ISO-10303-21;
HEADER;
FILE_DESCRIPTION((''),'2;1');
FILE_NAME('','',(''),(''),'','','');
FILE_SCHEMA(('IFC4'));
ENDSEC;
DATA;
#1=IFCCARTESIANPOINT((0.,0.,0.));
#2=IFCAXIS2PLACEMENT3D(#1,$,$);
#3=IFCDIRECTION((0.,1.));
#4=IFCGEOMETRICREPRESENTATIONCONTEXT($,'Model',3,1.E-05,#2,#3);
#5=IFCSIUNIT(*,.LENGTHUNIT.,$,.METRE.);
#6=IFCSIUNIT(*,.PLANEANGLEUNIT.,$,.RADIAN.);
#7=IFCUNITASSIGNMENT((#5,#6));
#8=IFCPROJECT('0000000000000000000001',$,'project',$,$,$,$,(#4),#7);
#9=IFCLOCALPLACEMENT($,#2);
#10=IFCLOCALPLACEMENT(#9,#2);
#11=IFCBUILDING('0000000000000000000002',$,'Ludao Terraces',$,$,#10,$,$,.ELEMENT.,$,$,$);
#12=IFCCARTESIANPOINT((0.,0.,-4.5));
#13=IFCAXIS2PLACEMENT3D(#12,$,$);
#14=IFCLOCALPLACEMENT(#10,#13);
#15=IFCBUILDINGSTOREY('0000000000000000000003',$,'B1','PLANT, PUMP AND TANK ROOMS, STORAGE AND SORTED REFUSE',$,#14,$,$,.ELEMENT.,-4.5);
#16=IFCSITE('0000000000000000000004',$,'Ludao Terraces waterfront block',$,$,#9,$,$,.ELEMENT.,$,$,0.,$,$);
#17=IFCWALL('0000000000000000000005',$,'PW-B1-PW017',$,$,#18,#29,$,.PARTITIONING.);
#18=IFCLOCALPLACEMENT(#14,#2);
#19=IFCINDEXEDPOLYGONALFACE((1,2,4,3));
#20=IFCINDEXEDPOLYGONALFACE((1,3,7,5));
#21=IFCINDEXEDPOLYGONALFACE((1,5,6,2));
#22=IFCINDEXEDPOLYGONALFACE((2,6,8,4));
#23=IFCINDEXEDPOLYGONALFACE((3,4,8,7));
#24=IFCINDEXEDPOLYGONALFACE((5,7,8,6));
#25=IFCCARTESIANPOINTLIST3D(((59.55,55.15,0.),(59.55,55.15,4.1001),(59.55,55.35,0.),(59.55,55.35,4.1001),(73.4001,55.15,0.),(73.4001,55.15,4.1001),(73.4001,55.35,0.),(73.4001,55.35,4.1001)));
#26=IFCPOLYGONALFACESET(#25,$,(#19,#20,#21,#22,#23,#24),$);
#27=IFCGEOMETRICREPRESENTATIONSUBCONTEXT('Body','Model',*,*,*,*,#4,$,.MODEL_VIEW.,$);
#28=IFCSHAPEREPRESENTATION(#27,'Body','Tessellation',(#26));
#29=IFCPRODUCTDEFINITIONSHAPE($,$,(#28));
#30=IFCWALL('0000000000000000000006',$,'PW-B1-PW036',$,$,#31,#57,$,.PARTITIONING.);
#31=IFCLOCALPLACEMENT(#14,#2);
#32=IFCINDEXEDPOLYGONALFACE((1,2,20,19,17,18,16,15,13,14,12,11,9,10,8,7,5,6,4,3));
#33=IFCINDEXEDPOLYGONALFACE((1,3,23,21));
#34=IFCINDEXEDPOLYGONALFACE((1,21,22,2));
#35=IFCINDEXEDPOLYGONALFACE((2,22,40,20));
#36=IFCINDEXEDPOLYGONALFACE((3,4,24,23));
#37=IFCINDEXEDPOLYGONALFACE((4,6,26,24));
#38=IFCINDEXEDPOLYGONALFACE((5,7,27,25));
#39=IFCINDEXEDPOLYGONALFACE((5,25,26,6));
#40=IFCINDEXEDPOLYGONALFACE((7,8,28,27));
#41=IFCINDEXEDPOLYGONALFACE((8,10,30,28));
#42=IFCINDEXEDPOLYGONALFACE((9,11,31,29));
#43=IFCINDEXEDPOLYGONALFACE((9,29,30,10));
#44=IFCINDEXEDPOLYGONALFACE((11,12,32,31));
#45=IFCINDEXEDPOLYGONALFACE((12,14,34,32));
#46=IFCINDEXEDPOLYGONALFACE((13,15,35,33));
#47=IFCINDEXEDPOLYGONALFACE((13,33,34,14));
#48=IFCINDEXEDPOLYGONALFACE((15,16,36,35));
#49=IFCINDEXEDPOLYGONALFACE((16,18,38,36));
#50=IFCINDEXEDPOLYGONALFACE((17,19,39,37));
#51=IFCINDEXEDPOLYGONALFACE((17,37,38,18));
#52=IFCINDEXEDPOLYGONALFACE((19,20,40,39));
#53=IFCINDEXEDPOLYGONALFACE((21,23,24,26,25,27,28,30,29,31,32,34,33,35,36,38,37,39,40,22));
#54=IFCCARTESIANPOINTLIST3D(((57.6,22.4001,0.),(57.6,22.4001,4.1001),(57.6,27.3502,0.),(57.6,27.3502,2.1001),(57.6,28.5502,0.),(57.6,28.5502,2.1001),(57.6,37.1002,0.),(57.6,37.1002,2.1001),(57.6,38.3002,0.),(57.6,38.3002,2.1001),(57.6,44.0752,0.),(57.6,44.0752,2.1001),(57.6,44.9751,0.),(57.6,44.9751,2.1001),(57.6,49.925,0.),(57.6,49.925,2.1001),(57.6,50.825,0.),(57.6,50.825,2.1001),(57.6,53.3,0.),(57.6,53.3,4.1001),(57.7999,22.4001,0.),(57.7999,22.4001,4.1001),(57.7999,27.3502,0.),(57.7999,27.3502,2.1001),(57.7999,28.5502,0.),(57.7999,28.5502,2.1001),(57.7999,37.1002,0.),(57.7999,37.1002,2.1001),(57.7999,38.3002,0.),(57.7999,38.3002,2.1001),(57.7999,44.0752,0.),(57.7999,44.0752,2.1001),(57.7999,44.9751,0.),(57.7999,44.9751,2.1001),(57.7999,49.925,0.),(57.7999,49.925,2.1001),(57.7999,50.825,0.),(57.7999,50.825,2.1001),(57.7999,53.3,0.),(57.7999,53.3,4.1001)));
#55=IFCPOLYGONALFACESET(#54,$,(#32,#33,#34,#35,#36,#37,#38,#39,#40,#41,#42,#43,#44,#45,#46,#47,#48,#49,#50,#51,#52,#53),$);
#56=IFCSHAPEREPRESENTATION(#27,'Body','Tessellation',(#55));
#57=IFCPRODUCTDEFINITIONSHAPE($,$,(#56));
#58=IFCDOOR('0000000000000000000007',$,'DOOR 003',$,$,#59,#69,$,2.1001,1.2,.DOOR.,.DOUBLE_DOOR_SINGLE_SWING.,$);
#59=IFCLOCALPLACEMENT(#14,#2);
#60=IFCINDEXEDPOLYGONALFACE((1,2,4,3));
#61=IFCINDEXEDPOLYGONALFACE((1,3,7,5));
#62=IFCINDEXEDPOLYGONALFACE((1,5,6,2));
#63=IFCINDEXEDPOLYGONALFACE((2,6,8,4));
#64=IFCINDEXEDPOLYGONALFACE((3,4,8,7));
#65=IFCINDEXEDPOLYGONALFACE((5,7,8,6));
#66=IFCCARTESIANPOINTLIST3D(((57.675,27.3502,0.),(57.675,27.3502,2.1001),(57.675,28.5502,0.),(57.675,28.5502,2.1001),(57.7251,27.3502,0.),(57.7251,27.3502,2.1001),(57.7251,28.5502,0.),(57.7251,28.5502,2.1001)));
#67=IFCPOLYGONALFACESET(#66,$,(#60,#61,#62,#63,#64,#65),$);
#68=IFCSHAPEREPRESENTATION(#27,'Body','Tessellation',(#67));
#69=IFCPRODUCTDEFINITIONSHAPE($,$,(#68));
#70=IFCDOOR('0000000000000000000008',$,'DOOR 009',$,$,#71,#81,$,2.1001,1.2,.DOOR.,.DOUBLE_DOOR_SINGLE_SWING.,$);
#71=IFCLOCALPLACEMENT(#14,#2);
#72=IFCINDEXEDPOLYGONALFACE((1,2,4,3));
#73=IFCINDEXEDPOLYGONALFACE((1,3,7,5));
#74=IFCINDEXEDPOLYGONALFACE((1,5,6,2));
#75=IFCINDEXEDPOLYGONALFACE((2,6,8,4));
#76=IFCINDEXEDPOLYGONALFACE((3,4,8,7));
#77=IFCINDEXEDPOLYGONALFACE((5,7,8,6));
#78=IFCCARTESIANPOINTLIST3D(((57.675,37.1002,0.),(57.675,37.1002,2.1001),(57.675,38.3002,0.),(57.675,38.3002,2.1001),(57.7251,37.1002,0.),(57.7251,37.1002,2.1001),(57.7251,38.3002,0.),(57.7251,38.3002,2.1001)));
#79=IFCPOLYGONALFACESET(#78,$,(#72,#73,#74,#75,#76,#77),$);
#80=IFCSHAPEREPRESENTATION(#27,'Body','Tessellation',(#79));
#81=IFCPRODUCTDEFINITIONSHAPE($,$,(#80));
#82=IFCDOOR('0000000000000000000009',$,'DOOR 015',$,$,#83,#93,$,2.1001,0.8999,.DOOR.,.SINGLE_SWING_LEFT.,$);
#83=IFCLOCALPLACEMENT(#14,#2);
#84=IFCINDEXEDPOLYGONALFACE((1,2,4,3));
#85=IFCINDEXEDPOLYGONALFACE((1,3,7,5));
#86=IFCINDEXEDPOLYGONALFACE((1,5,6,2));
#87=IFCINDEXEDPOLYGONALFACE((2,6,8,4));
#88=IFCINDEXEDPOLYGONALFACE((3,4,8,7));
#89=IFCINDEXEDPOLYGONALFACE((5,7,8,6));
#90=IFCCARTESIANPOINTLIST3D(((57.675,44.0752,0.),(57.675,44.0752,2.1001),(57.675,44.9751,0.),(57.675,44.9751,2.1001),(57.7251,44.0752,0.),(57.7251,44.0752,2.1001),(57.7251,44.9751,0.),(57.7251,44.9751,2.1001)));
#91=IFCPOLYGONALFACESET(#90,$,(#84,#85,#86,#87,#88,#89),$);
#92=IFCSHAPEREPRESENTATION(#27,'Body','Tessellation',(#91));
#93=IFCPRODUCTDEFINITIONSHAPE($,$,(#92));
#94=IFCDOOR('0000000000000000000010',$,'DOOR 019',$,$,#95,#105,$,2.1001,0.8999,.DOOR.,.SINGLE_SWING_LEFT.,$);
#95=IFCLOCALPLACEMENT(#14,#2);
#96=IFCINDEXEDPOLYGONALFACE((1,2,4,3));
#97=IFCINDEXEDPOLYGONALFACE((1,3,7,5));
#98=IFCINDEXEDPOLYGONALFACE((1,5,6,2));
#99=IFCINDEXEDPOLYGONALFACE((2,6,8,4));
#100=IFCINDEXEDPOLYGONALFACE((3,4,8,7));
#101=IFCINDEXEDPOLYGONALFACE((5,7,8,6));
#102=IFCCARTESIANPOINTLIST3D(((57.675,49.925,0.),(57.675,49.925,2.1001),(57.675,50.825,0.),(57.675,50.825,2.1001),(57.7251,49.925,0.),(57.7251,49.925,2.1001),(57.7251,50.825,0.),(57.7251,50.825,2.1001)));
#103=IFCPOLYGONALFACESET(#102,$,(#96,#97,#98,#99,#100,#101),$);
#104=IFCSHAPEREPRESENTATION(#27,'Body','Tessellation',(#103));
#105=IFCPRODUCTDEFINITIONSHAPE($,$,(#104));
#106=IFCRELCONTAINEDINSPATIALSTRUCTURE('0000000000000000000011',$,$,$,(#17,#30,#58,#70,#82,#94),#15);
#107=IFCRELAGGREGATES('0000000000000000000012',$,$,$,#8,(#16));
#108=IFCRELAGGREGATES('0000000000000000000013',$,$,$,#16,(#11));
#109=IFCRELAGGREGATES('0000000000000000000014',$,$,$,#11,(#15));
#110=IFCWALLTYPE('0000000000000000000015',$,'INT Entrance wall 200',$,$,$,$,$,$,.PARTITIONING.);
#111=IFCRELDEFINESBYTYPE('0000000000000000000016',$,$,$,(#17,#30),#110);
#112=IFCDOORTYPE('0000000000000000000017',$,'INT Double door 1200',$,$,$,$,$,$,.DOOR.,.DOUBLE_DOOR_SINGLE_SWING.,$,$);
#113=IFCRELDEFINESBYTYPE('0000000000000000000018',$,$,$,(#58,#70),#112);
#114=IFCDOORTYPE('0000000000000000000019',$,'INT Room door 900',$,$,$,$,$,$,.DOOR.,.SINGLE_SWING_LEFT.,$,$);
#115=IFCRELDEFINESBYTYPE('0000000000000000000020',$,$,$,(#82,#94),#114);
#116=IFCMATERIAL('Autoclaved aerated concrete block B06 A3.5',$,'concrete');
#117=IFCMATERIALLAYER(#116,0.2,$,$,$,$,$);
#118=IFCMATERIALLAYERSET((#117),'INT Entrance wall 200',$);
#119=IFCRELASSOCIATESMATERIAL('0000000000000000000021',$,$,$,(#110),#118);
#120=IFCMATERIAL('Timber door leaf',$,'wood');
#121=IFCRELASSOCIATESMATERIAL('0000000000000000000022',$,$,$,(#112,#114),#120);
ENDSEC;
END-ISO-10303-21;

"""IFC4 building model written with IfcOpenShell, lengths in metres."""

from ifc_helpers import new_model, si_unit, direction, frame, frame_2d, origin, place, context, subcontext, project, spatial, rectangle, extrude, material, layer, layer_set, type_object, element, fill, save


model = new_model("IFC4")

# Units and contexts
model_context = context("Model", 3, precision=1e-05, world=origin(), true_north=direction((0.0, 1.0)))
body_context = subcontext(model_context, "Body", "Model", "MODEL_VIEW")
ifc_project = project(units=[si_unit("LENGTHUNIT", "METRE"), si_unit("PLANEANGLEUNIT", "RADIAN")], contexts=[model_context])

# Site, building, storey
site_placement = place(None, origin())
site = spatial("IfcSite", under=ifc_project, at=site_placement, Name="Ludao Terraces waterfront block", CompositionType="ELEMENT", RefElevation=0.0)
building_placement = place(site_placement, origin())
building = spatial("IfcBuilding", under=site, at=building_placement, Name="Ludao Terraces", CompositionType="ELEMENT")
storey_placement = place(building_placement, frame((0.0, 0.0, -4.5)))
storey = spatial("IfcBuildingStorey", under=building, at=storey_placement, Name="B1", Description="PLANT, PUMP AND TANK ROOMS, STORAGE AND SORTED REFUSE", CompositionType="ELEMENT", Elevation=-4.5)

# Wall
ifc_material_1 = material(Name="Autoclaved aerated concrete block B06 A3.5", Category="concrete")
ifc_layer_1 = layer(ifc_material_1, 0.2)
ifc_layer_set_1 = layer_set([ifc_layer_1], Name="INT Entrance wall 200")
wall_type_1 = type_object("IfcWallType", Name="INT Entrance wall 200", PredefinedType="PARTITIONING", material=ifc_layer_set_1)
wall_1_placement = place(storey_placement, frame((59.55, 55.25, 0.0), z_axis=(0.0, 0.0, 1.0), x_axis=(1.0, 0.0, 0.0)))
element("IfcWall", 1, at=wall_1_placement, inside=storey, type_object=wall_type_1, Name="PW-B1-PW017", PredefinedType="PARTITIONING", context=body_context, shape_type="SweptSolid", body=[
    extrude(rectangle(XDim=13.8501, YDim=0.2, at=frame_2d((6.925, 0.0))), origin(), (0.0, 0.0, 1.0), 4.1001),
])

# Wall, openings, doors
wall_2_placement = place(storey_placement, frame((57.7, 22.4001, 0.0), z_axis=(0.0, 0.0, 1.0), x_axis=(0.0, 1.0, 0.0)))
wall_2 = element("IfcWall", 2, at=wall_2_placement, inside=storey, type_object=wall_type_1, Name="PW-B1-PW036", PredefinedType="PARTITIONING", context=body_context, shape_type="SweptSolid", body=[
    extrude(rectangle(XDim=30.8999, YDim=0.2, at=frame_2d((15.45, 0.0))), origin(), (0.0, 0.0, 1.0), 4.1001),
])
opening_1_placement = place(wall_2_placement, frame((4.95, 0.0, 0.0)))
opening_1 = element("IfcOpeningElement", 3, at=opening_1_placement, cuts=wall_2, PredefinedType="OPENING", context=body_context, shape_type="SweptSolid", body=[
    extrude(rectangle(XDim=1.2, YDim=2.1001, at=frame_2d((0.6001, 1.05))), frame((0.0, 0.1099, 0.0), z_axis=(0.0, -1.0, 0.0), x_axis=(1.0, 0.0, 0.0)), (0.0, 0.0, 1.0), 0.22),
])
opening_2_placement = place(wall_2_placement, frame((14.7, 0.0, 0.0)))
opening_2 = element("IfcOpeningElement", 4, at=opening_2_placement, cuts=wall_2, PredefinedType="OPENING", context=body_context, shape_type="SweptSolid", body=[
    extrude(rectangle(XDim=1.2, YDim=2.1001, at=frame_2d((0.6001, 1.05))), frame((0.0, 0.1099, 0.0), z_axis=(0.0, -1.0, 0.0), x_axis=(1.0, 0.0, 0.0)), (0.0, 0.0, 1.0), 0.22),
])
opening_3_placement = place(wall_2_placement, frame((21.675, 0.0, 0.0)))
opening_3 = element("IfcOpeningElement", 5, at=opening_3_placement, cuts=wall_2, PredefinedType="OPENING", context=body_context, shape_type="SweptSolid", body=[
    extrude(rectangle(XDim=0.8999, YDim=2.1001, at=frame_2d((0.45, 1.05))), frame((0.0, 0.1099, 0.0), z_axis=(0.0, -1.0, 0.0), x_axis=(1.0, 0.0, 0.0)), (0.0, 0.0, 1.0), 0.22),
])
opening_4_placement = place(wall_2_placement, frame((27.5249, 0.0, 0.0)))
opening_4 = element("IfcOpeningElement", 6, at=opening_4_placement, cuts=wall_2, PredefinedType="OPENING", context=body_context, shape_type="SweptSolid", body=[
    extrude(rectangle(XDim=0.8999, YDim=2.1001, at=frame_2d((0.45, 1.05))), frame((0.0, 0.1099, 0.0), z_axis=(0.0, -1.0, 0.0), x_axis=(1.0, 0.0, 0.0)), (0.0, 0.0, 1.0), 0.22),
])
ifc_material_2 = material(Name="Timber door leaf", Category="wood")
door_type_1 = type_object("IfcDoorType", Name="INT Double door 1200", OperationType="DOUBLE_DOOR_SINGLE_SWING", PredefinedType="DOOR", material=ifc_material_2)
door_1_placement = place(opening_1_placement, origin())
door_1 = element("IfcDoor", 7, at=door_1_placement, inside=storey, type_object=door_type_1, Name="DOOR 003", OperationType="DOUBLE_DOOR_SINGLE_SWING", OverallHeight=2.1001, OverallWidth=1.2, PredefinedType="DOOR", context=body_context, shape_type="SweptSolid", body=[
    extrude(rectangle(XDim=1.2, YDim=2.1001, at=frame_2d((0.6001, 1.05))), frame((0.0, 0.0249, 0.0), z_axis=(0.0, -1.0, 0.0), x_axis=(1.0, 0.0, 0.0)), (0.0, 0.0, 1.0), 0.05),
])
fill(opening_1, door_1)
door_2_placement = place(opening_2_placement, origin())
door_2 = element("IfcDoor", 8, at=door_2_placement, inside=storey, type_object=door_type_1, Name="DOOR 009", OperationType="DOUBLE_DOOR_SINGLE_SWING", OverallHeight=2.1001, OverallWidth=1.2, PredefinedType="DOOR", context=body_context, shape_type="SweptSolid", body=[
    extrude(rectangle(XDim=1.2, YDim=2.1001, at=frame_2d((0.6001, 1.05))), frame((0.0, 0.0249, 0.0), z_axis=(0.0, -1.0, 0.0), x_axis=(1.0, 0.0, 0.0)), (0.0, 0.0, 1.0), 0.05),
])
fill(opening_2, door_2)
door_type_2 = type_object("IfcDoorType", Name="INT Room door 900", OperationType="SINGLE_SWING_LEFT", PredefinedType="DOOR", material=ifc_material_2)
door_3_placement = place(opening_3_placement, origin())
door_3 = element("IfcDoor", 9, at=door_3_placement, inside=storey, type_object=door_type_2, Name="DOOR 015", OperationType="SINGLE_SWING_LEFT", OverallHeight=2.1001, OverallWidth=0.8999, PredefinedType="DOOR", context=body_context, shape_type="SweptSolid", body=[
    extrude(rectangle(XDim=0.8999, YDim=2.1001, at=frame_2d((0.45, 1.05))), frame((0.0, 0.0249, 0.0), z_axis=(0.0, -1.0, 0.0), x_axis=(1.0, 0.0, 0.0)), (0.0, 0.0, 1.0), 0.05),
])
fill(opening_3, door_3)
door_4_placement = place(opening_4_placement, origin())
door_4 = element("IfcDoor", 10, at=door_4_placement, inside=storey, type_object=door_type_2, Name="DOOR 019", OperationType="SINGLE_SWING_LEFT", OverallHeight=2.1001, OverallWidth=0.8999, PredefinedType="DOOR", context=body_context, shape_type="SweptSolid", body=[
    extrude(rectangle(XDim=0.8999, YDim=2.1001, at=frame_2d((0.45, 1.05))), frame((0.0, 0.0249, 0.0), z_axis=(0.0, -1.0, 0.0), x_axis=(1.0, 0.0, 0.0)), (0.0, 0.0, 1.0), 0.05),
])
fill(opening_4, door_4)

save(model, "model.ifc")
